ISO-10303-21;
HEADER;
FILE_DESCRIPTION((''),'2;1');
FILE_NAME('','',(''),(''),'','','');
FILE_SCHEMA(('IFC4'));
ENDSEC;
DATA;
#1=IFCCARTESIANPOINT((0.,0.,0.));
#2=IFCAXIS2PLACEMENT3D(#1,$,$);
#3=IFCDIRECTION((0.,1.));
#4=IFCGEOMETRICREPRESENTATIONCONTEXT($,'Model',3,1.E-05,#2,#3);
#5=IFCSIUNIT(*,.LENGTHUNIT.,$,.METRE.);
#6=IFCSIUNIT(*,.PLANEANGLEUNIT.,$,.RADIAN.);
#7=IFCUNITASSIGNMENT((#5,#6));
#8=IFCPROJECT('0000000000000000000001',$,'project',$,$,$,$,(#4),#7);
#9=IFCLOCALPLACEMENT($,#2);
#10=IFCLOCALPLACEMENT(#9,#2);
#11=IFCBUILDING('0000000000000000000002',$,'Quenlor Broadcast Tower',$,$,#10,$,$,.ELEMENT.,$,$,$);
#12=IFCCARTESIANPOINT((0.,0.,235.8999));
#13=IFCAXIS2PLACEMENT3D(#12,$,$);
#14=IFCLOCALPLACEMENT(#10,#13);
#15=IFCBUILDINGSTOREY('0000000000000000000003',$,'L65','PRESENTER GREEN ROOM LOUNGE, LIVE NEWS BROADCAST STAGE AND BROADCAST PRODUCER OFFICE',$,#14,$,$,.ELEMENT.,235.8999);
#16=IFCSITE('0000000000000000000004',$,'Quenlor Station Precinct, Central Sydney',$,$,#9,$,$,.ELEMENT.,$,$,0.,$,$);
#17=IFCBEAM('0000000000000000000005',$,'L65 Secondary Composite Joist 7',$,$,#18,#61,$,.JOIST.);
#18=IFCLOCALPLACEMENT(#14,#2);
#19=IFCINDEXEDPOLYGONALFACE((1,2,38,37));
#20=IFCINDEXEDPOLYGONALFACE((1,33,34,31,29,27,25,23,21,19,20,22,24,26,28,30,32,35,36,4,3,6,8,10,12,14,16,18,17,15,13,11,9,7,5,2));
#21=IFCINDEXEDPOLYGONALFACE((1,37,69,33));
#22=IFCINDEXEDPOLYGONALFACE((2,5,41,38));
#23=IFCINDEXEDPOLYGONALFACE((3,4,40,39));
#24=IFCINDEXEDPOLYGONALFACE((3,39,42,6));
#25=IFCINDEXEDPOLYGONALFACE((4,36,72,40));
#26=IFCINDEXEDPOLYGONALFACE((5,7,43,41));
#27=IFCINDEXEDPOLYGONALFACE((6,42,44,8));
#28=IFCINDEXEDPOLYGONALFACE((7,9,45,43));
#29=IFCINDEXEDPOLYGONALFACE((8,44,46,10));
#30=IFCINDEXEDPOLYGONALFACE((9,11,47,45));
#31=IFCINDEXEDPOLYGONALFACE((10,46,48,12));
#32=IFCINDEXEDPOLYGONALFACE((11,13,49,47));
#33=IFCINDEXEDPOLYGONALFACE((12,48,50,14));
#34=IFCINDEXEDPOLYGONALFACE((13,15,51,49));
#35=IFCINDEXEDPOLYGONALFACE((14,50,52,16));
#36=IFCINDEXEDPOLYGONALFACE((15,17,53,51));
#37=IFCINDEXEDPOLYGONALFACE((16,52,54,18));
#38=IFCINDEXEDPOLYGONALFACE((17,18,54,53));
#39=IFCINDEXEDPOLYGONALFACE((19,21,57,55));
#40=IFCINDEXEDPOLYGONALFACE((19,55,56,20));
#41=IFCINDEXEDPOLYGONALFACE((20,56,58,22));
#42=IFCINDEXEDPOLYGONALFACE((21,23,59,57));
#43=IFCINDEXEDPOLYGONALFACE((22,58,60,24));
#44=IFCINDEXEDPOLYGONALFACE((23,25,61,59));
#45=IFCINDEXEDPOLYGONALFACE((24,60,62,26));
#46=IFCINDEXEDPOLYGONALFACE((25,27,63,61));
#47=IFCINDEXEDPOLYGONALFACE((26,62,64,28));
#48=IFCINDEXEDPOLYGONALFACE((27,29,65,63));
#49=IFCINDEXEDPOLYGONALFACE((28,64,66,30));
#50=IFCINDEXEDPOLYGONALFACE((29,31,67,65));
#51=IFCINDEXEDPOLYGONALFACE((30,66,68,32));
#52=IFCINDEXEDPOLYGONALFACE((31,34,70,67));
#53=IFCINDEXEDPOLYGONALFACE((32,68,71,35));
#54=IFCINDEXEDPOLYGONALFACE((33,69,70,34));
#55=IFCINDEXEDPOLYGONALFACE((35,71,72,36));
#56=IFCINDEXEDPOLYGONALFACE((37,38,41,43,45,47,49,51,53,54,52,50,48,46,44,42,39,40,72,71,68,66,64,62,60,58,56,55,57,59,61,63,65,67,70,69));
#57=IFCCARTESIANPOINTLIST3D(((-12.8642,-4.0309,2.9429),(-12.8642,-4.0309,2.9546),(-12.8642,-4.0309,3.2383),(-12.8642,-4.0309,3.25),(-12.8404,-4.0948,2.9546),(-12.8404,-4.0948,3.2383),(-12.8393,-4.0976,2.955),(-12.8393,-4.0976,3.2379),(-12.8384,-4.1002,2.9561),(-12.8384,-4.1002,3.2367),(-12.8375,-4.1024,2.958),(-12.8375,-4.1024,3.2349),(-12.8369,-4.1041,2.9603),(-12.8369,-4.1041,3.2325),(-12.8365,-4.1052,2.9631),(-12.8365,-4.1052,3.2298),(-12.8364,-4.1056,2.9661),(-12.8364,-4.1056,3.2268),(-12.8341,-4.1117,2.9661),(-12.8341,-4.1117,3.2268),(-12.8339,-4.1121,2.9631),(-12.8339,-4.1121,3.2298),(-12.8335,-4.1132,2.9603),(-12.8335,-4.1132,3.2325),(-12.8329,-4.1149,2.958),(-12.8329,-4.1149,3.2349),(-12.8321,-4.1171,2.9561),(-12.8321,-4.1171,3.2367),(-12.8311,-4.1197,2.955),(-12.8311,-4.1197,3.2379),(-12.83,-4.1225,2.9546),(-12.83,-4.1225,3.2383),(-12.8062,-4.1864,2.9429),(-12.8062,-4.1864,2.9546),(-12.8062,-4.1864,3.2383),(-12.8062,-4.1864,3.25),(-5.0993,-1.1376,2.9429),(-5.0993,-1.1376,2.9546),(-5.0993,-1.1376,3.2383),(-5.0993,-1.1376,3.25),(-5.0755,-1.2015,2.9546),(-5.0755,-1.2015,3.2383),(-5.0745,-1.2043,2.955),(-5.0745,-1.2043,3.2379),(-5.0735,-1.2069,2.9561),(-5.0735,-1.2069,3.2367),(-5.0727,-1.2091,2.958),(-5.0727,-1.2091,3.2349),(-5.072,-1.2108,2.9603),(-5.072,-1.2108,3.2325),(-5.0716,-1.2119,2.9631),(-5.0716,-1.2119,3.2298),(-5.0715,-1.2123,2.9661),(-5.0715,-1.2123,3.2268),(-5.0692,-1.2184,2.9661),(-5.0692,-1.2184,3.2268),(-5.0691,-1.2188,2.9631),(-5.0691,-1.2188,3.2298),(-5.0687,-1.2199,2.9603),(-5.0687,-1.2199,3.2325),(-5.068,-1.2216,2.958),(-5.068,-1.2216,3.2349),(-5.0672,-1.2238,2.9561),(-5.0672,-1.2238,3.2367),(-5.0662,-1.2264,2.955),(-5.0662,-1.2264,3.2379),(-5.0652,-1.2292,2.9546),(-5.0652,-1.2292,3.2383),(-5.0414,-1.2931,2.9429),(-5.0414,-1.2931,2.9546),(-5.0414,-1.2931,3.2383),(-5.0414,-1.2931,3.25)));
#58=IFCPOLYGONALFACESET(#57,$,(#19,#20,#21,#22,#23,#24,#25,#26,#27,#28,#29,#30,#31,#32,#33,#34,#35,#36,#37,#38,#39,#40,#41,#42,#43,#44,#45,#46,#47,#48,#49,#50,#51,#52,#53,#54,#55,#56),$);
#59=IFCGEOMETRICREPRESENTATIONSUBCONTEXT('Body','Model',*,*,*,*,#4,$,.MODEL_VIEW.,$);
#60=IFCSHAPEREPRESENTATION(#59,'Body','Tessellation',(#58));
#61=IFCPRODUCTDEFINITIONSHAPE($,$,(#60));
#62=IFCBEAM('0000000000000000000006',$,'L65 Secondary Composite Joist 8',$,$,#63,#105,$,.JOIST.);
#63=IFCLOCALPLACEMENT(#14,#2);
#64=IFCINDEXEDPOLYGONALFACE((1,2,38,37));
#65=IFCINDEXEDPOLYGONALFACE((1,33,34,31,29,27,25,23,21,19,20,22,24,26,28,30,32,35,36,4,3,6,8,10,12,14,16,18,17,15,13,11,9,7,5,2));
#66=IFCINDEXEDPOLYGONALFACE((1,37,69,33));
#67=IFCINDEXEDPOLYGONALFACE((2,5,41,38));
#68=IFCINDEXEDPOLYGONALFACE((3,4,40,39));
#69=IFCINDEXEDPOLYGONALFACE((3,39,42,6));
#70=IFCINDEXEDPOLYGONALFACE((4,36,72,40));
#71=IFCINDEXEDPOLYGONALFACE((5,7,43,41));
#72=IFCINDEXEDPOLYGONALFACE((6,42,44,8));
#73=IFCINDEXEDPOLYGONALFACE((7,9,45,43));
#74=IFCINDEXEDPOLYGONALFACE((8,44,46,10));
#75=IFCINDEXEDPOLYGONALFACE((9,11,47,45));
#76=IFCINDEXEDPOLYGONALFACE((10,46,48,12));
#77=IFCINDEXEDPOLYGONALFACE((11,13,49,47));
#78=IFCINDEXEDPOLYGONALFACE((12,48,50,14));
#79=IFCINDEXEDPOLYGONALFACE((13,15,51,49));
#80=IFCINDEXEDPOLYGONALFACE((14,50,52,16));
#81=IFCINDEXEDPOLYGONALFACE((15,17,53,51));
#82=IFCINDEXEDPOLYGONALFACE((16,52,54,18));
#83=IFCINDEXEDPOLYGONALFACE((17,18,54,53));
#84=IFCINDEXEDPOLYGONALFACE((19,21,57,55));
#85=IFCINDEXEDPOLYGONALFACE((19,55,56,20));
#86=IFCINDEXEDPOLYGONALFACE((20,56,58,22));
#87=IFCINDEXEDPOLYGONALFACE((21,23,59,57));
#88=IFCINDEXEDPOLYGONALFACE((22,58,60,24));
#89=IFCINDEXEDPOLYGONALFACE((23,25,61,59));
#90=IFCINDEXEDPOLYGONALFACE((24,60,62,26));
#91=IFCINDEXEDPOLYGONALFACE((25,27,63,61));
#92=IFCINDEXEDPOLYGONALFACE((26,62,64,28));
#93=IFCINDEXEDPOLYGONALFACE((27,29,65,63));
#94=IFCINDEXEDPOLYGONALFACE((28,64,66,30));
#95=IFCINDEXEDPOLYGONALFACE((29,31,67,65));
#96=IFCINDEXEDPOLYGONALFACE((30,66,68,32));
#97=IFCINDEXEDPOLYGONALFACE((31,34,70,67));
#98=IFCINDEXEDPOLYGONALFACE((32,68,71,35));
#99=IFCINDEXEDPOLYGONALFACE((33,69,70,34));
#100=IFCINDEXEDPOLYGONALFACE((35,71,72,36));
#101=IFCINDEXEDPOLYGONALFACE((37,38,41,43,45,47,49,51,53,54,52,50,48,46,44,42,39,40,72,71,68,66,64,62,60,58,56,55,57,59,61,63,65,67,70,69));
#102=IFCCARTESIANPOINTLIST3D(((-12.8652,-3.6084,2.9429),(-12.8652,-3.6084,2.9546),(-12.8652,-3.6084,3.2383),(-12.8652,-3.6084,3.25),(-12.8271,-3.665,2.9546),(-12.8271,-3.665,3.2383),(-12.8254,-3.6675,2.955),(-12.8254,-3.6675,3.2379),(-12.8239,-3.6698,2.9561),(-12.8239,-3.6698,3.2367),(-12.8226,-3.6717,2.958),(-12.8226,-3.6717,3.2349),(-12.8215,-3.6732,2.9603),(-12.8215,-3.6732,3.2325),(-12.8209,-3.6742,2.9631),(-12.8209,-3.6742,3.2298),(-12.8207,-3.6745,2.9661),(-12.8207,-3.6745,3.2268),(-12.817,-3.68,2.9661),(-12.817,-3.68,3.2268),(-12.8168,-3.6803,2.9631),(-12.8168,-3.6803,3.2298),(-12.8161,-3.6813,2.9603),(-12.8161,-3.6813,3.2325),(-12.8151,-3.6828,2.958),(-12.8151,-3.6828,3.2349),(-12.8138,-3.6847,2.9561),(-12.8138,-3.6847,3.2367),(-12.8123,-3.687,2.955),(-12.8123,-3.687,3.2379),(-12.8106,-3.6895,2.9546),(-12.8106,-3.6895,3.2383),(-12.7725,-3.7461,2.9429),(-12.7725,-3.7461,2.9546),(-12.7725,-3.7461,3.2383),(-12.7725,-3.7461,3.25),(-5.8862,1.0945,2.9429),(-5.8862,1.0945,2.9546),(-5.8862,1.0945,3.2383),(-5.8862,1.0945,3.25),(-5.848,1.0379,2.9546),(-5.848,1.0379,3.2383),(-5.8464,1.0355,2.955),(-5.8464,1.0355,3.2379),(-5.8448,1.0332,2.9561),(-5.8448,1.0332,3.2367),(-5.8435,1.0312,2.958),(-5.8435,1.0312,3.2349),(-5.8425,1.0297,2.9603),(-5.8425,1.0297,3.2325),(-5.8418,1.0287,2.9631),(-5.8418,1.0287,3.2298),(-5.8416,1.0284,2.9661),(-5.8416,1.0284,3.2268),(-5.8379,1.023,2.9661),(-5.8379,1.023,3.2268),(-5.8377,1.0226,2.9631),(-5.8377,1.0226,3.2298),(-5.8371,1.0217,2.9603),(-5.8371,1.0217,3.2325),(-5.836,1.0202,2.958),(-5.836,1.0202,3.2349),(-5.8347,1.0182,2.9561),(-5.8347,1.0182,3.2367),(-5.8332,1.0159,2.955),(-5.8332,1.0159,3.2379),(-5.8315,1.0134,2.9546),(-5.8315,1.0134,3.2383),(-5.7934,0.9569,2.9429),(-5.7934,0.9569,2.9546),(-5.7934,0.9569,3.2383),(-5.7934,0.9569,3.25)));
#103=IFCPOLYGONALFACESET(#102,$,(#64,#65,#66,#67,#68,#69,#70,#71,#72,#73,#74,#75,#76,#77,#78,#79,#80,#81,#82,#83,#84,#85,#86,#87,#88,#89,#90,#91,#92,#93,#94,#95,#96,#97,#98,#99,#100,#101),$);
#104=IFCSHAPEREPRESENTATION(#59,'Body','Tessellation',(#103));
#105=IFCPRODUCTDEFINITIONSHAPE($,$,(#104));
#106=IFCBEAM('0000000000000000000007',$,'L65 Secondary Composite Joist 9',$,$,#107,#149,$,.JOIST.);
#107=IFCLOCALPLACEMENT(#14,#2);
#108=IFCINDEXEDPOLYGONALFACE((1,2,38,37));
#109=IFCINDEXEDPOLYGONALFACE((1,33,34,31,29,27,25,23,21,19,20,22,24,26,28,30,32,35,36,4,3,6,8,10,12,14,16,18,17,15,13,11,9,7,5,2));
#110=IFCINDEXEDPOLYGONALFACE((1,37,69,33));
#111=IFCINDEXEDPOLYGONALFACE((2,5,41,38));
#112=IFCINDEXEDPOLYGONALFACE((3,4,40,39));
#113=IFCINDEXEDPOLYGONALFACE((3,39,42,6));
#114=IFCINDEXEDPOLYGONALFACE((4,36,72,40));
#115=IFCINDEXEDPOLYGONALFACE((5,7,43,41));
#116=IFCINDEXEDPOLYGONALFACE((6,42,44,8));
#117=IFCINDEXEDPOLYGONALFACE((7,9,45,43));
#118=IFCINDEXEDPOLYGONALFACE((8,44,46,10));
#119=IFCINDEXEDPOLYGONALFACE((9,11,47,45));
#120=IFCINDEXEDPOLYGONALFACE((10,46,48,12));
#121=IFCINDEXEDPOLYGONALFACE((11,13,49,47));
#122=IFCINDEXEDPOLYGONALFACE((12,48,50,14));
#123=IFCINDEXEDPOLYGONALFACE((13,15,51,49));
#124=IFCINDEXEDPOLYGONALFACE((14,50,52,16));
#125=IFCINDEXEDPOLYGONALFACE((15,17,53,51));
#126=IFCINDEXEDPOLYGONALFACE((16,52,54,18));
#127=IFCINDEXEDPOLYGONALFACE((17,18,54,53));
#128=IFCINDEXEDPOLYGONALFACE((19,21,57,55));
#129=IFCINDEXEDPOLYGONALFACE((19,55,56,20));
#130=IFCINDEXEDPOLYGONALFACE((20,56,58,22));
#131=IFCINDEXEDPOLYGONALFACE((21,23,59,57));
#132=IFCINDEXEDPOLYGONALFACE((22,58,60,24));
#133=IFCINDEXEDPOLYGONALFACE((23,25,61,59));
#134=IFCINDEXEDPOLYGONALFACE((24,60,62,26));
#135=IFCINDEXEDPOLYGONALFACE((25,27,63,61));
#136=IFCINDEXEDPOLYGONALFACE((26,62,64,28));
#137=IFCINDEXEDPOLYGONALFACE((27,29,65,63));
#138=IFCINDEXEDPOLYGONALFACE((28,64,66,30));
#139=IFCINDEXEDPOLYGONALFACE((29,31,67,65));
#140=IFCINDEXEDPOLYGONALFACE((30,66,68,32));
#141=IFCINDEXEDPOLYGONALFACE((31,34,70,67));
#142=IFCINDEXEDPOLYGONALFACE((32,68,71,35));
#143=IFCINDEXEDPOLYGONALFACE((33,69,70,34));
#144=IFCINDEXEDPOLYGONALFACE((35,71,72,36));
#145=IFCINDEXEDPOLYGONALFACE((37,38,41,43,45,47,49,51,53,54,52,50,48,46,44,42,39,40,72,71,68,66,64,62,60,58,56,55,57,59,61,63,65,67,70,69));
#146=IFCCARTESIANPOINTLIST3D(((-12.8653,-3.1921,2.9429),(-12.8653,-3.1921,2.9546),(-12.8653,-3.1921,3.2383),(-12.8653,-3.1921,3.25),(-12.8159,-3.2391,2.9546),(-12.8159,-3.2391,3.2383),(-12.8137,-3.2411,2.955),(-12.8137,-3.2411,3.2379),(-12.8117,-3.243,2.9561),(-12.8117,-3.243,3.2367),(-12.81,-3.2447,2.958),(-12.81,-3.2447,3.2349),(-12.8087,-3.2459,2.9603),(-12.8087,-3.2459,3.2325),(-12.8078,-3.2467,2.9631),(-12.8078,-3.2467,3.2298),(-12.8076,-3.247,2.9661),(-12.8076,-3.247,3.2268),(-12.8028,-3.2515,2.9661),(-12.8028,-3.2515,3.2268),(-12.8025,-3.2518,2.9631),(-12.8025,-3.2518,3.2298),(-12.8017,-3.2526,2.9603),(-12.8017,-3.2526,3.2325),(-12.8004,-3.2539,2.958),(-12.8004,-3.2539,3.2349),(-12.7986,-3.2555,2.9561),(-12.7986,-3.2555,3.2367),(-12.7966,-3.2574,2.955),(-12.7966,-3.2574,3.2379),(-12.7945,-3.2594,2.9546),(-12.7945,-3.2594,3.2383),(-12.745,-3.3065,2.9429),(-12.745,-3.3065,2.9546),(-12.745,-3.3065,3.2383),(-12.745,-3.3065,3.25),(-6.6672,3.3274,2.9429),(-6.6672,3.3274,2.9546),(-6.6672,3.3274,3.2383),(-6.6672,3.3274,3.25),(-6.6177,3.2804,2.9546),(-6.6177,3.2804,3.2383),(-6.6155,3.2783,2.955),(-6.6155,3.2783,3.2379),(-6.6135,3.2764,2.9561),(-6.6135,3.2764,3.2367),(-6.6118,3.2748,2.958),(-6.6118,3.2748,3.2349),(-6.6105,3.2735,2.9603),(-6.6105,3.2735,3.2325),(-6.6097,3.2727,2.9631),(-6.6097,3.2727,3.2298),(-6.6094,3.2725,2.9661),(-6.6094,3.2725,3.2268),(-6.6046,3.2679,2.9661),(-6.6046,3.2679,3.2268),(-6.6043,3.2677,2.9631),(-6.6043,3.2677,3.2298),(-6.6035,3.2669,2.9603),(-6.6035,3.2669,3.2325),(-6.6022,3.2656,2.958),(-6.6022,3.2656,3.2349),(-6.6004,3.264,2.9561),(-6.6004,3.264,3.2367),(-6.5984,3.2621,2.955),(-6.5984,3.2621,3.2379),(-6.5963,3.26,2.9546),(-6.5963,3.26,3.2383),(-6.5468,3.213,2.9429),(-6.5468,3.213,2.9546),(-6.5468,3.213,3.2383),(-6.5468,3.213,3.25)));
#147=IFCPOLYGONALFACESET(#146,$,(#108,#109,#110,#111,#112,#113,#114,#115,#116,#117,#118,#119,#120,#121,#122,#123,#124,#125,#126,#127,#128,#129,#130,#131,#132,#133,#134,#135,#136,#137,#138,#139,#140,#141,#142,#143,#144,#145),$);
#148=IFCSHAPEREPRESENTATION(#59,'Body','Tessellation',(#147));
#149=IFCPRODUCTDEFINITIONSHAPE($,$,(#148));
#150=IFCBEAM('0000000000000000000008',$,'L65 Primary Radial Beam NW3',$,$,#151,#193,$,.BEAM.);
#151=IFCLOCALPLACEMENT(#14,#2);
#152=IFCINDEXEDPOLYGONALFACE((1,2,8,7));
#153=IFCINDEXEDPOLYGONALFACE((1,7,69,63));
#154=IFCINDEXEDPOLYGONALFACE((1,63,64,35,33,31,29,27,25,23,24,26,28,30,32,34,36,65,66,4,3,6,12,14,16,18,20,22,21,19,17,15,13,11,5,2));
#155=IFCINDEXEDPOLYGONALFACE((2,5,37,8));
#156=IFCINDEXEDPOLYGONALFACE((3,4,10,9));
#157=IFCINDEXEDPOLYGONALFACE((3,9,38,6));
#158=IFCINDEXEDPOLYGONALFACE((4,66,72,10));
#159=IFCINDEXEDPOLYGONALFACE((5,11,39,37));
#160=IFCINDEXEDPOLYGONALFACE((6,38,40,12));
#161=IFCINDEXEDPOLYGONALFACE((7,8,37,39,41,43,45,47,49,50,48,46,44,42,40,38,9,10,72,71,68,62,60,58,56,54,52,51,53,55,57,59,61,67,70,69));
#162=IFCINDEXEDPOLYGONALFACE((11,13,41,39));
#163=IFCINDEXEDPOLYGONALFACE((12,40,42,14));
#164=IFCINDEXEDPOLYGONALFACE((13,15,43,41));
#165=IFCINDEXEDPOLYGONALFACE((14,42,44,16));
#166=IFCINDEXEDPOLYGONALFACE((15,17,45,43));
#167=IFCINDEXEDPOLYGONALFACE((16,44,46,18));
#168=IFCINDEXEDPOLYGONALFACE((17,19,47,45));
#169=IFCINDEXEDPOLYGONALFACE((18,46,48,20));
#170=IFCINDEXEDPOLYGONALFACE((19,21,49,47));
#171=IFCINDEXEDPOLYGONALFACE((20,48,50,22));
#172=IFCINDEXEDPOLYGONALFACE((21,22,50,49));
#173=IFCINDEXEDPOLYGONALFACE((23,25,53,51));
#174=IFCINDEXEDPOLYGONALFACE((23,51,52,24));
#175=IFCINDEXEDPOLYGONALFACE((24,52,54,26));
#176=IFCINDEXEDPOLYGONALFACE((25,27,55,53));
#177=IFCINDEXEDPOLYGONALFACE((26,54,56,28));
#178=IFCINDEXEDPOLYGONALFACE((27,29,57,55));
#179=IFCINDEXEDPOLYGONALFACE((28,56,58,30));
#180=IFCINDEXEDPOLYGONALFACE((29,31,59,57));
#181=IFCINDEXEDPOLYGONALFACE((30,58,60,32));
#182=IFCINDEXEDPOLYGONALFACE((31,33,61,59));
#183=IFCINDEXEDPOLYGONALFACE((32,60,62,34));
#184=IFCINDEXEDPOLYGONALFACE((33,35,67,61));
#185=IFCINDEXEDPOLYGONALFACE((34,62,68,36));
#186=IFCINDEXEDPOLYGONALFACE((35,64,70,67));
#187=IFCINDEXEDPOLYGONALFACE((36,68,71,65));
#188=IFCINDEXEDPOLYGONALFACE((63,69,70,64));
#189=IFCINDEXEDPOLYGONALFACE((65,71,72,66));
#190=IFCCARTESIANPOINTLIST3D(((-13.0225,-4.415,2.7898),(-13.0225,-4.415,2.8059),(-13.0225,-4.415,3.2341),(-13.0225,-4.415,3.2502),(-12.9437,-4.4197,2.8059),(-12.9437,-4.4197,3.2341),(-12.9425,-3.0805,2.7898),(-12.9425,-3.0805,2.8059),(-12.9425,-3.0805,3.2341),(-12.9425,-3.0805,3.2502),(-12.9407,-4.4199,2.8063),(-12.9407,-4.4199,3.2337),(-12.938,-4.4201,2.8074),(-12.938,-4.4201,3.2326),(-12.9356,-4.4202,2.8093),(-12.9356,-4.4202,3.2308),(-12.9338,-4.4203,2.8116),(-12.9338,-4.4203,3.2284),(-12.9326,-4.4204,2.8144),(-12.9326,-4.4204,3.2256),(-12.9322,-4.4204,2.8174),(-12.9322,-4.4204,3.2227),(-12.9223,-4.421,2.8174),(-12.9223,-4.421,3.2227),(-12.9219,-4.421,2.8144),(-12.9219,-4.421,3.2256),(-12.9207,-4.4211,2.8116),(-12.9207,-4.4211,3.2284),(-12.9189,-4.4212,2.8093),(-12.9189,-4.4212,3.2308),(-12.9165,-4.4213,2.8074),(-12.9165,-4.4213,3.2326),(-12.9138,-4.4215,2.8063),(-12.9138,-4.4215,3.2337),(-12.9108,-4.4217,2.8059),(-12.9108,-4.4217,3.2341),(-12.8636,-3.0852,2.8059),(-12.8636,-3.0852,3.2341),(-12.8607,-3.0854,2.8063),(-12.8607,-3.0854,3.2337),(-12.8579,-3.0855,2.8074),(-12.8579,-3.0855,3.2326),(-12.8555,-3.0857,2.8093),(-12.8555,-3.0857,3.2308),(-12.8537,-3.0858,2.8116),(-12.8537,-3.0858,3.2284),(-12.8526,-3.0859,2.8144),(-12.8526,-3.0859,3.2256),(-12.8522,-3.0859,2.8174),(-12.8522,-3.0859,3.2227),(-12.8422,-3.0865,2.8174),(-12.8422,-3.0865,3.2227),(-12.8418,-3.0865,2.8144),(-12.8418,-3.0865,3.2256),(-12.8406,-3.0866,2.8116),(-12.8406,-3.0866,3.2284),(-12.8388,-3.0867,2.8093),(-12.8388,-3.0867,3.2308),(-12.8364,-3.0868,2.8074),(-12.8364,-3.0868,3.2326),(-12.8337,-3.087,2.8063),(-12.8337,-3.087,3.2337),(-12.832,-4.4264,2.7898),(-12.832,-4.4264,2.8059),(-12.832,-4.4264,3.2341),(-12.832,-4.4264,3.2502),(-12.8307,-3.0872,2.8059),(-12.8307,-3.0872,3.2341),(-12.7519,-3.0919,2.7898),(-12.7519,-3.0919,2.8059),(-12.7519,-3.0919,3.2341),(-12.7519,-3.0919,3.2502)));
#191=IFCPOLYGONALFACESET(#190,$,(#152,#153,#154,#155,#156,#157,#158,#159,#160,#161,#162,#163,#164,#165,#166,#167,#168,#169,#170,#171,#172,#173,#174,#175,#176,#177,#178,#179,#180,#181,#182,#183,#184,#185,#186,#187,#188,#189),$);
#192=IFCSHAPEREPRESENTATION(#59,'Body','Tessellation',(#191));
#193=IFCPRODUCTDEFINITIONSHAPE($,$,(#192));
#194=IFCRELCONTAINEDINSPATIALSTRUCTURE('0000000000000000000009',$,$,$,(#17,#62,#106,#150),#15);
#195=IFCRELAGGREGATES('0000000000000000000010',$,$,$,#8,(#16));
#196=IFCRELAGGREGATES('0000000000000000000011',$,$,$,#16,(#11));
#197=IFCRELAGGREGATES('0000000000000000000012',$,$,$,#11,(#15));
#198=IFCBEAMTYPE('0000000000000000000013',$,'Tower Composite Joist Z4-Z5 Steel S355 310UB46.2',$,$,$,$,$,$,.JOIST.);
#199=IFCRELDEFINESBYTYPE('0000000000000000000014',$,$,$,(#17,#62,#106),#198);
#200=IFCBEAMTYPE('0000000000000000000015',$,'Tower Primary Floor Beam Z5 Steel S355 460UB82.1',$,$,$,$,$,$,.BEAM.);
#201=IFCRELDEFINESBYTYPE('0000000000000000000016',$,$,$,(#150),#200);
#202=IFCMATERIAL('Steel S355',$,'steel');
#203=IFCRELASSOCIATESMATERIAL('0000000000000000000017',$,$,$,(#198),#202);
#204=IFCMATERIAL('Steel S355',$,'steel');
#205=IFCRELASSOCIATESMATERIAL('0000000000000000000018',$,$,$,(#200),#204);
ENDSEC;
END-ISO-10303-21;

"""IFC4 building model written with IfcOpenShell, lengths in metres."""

from ifc_helpers import new_model, si_unit, direction, frame, origin, origin_2d, place, context, subcontext, project, spatial, i_section, extrude, material, material_profile, profile_set, type_object, element, save


model = new_model("IFC4")

# Units and contexts
model_context = context("Model", 3, precision=1e-05, world=origin(), true_north=direction((0.0, 1.0)))
body_context = subcontext(model_context, "Body", "Model", "MODEL_VIEW")
ifc_project = project(units=[si_unit("LENGTHUNIT", "METRE"), si_unit("PLANEANGLEUNIT", "RADIAN")], contexts=[model_context])

# Site, building, storey
site_placement = place(None, origin())
site = spatial("IfcSite", under=ifc_project, at=site_placement, Name="Quenlor Station Precinct, Central Sydney", CompositionType="ELEMENT", RefElevation=0.0)
building_placement = place(site_placement, origin())
building = spatial("IfcBuilding", under=site, at=building_placement, Name="Quenlor Broadcast Tower", CompositionType="ELEMENT")
storey_placement = place(building_placement, frame((0.0, 0.0, 235.8999)))
storey = spatial("IfcBuildingStorey", under=building, at=storey_placement, Name="L65", Description="PRESENTER GREEN ROOM LOUNGE, LIVE NEWS BROADCAST STAGE AND BROADCAST PRODUCER OFFICE", CompositionType="ELEMENT", Elevation=235.8999)

# Beams
ifc_material_1 = material(Name="Steel S355", Category="steel")
ifc_material_profile_1 = material_profile(ifc_material_1, i_section(OverallWidth=0.166, OverallDepth=0.3071, WebThickness=0.0066, FlangeThickness=0.0117, FilletRadius=0.0115, at=origin_2d()))
ifc_profile_set_1 = profile_set([ifc_material_profile_1], Name="Steel S355 310UB46.2")
beam_type_1 = type_object("IfcBeamType", Name="Tower Composite Joist Z4-Z5 Steel S355 310UB46.2", PredefinedType="JOIST", material=ifc_profile_set_1)
beam_1_placement = place(storey_placement, frame((-12.8352, -4.1086, 3.0964), z_axis=(0.937062, 0.349163, 0.0), x_axis=(-0.349163, 0.937062, 0.0)))
element("IfcBeam", 1, at=beam_1_placement, inside=storey, type_object=beam_type_1, Name="L65 Secondary Composite Joist 7", PredefinedType="JOIST", context=body_context, shape_type="SweptSolid", body=[
    extrude(i_section(OverallWidth=0.166, OverallDepth=0.3071, WebThickness=0.0066, FlangeThickness=0.0117, FilletRadius=0.0115, at=origin_2d()), origin(), (0.0, 0.0, 1.0), 8.2864),
])
beam_2_placement = place(storey_placement, frame((-12.8188, -3.6772, 3.0964), z_axis=(0.829286, 0.558824, 0.0), x_axis=(-0.558824, 0.829286, 0.0)))
element("IfcBeam", 2, at=beam_2_placement, inside=storey, type_object=beam_type_1, Name="L65 Secondary Composite Joist 8", PredefinedType="JOIST", context=body_context, shape_type="SweptSolid", body=[
    extrude(i_section(OverallWidth=0.166, OverallDepth=0.3071, WebThickness=0.0066, FlangeThickness=0.0117, FilletRadius=0.0115, at=origin_2d()), origin(), (0.0, 0.0, 1.0), 8.4158),
])
beam_3_placement = place(storey_placement, frame((-12.8052, -3.2493, 3.0964), z_axis=(0.689023, 0.724739, 0.0), x_axis=(-0.724739, 0.689023, 0.0)))
element("IfcBeam", 3, at=beam_3_placement, inside=storey, type_object=beam_type_1, Name="L65 Secondary Composite Joist 9", PredefinedType="JOIST", context=body_context, shape_type="SweptSolid", body=[
    extrude(i_section(OverallWidth=0.166, OverallDepth=0.3071, WebThickness=0.0066, FlangeThickness=0.0117, FilletRadius=0.0115, at=origin_2d()), origin(), (0.0, 0.0, 1.0), 8.9956),
])
ifc_material_2 = material(Name="Steel S355", Category="steel")
ifc_material_profile_2 = material_profile(ifc_material_2, i_section(OverallWidth=0.1909, OverallDepth=0.4604, WebThickness=0.01, FlangeThickness=0.0161, FilletRadius=0.0115, at=origin_2d()))
ifc_profile_set_2 = profile_set([ifc_material_profile_2], Name="Steel S355 460UB82.1")
beam_type_2 = type_object("IfcBeamType", Name="Tower Primary Floor Beam Z5 Steel S355 460UB82.1", PredefinedType="BEAM", material=ifc_profile_set_2)
beam_4_placement = place(storey_placement, frame((-12.8472, -3.0862, 3.02), z_axis=(-0.0599, -0.998204, 0.0), x_axis=(0.998204, -0.0599, 0.0)))
element("IfcBeam", 4, at=beam_4_placement, inside=storey, type_object=beam_type_2, Name="L65 Primary Radial Beam NW3", PredefinedType="BEAM", context=body_context, shape_type="SweptSolid", body=[
    extrude(i_section(OverallWidth=0.1909, OverallDepth=0.4604, WebThickness=0.01, FlangeThickness=0.0161, FilletRadius=0.0115, at=origin_2d()), origin(), (0.0, 0.0, 1.0), 1.3369),
])

save(model, "model.ifc")
